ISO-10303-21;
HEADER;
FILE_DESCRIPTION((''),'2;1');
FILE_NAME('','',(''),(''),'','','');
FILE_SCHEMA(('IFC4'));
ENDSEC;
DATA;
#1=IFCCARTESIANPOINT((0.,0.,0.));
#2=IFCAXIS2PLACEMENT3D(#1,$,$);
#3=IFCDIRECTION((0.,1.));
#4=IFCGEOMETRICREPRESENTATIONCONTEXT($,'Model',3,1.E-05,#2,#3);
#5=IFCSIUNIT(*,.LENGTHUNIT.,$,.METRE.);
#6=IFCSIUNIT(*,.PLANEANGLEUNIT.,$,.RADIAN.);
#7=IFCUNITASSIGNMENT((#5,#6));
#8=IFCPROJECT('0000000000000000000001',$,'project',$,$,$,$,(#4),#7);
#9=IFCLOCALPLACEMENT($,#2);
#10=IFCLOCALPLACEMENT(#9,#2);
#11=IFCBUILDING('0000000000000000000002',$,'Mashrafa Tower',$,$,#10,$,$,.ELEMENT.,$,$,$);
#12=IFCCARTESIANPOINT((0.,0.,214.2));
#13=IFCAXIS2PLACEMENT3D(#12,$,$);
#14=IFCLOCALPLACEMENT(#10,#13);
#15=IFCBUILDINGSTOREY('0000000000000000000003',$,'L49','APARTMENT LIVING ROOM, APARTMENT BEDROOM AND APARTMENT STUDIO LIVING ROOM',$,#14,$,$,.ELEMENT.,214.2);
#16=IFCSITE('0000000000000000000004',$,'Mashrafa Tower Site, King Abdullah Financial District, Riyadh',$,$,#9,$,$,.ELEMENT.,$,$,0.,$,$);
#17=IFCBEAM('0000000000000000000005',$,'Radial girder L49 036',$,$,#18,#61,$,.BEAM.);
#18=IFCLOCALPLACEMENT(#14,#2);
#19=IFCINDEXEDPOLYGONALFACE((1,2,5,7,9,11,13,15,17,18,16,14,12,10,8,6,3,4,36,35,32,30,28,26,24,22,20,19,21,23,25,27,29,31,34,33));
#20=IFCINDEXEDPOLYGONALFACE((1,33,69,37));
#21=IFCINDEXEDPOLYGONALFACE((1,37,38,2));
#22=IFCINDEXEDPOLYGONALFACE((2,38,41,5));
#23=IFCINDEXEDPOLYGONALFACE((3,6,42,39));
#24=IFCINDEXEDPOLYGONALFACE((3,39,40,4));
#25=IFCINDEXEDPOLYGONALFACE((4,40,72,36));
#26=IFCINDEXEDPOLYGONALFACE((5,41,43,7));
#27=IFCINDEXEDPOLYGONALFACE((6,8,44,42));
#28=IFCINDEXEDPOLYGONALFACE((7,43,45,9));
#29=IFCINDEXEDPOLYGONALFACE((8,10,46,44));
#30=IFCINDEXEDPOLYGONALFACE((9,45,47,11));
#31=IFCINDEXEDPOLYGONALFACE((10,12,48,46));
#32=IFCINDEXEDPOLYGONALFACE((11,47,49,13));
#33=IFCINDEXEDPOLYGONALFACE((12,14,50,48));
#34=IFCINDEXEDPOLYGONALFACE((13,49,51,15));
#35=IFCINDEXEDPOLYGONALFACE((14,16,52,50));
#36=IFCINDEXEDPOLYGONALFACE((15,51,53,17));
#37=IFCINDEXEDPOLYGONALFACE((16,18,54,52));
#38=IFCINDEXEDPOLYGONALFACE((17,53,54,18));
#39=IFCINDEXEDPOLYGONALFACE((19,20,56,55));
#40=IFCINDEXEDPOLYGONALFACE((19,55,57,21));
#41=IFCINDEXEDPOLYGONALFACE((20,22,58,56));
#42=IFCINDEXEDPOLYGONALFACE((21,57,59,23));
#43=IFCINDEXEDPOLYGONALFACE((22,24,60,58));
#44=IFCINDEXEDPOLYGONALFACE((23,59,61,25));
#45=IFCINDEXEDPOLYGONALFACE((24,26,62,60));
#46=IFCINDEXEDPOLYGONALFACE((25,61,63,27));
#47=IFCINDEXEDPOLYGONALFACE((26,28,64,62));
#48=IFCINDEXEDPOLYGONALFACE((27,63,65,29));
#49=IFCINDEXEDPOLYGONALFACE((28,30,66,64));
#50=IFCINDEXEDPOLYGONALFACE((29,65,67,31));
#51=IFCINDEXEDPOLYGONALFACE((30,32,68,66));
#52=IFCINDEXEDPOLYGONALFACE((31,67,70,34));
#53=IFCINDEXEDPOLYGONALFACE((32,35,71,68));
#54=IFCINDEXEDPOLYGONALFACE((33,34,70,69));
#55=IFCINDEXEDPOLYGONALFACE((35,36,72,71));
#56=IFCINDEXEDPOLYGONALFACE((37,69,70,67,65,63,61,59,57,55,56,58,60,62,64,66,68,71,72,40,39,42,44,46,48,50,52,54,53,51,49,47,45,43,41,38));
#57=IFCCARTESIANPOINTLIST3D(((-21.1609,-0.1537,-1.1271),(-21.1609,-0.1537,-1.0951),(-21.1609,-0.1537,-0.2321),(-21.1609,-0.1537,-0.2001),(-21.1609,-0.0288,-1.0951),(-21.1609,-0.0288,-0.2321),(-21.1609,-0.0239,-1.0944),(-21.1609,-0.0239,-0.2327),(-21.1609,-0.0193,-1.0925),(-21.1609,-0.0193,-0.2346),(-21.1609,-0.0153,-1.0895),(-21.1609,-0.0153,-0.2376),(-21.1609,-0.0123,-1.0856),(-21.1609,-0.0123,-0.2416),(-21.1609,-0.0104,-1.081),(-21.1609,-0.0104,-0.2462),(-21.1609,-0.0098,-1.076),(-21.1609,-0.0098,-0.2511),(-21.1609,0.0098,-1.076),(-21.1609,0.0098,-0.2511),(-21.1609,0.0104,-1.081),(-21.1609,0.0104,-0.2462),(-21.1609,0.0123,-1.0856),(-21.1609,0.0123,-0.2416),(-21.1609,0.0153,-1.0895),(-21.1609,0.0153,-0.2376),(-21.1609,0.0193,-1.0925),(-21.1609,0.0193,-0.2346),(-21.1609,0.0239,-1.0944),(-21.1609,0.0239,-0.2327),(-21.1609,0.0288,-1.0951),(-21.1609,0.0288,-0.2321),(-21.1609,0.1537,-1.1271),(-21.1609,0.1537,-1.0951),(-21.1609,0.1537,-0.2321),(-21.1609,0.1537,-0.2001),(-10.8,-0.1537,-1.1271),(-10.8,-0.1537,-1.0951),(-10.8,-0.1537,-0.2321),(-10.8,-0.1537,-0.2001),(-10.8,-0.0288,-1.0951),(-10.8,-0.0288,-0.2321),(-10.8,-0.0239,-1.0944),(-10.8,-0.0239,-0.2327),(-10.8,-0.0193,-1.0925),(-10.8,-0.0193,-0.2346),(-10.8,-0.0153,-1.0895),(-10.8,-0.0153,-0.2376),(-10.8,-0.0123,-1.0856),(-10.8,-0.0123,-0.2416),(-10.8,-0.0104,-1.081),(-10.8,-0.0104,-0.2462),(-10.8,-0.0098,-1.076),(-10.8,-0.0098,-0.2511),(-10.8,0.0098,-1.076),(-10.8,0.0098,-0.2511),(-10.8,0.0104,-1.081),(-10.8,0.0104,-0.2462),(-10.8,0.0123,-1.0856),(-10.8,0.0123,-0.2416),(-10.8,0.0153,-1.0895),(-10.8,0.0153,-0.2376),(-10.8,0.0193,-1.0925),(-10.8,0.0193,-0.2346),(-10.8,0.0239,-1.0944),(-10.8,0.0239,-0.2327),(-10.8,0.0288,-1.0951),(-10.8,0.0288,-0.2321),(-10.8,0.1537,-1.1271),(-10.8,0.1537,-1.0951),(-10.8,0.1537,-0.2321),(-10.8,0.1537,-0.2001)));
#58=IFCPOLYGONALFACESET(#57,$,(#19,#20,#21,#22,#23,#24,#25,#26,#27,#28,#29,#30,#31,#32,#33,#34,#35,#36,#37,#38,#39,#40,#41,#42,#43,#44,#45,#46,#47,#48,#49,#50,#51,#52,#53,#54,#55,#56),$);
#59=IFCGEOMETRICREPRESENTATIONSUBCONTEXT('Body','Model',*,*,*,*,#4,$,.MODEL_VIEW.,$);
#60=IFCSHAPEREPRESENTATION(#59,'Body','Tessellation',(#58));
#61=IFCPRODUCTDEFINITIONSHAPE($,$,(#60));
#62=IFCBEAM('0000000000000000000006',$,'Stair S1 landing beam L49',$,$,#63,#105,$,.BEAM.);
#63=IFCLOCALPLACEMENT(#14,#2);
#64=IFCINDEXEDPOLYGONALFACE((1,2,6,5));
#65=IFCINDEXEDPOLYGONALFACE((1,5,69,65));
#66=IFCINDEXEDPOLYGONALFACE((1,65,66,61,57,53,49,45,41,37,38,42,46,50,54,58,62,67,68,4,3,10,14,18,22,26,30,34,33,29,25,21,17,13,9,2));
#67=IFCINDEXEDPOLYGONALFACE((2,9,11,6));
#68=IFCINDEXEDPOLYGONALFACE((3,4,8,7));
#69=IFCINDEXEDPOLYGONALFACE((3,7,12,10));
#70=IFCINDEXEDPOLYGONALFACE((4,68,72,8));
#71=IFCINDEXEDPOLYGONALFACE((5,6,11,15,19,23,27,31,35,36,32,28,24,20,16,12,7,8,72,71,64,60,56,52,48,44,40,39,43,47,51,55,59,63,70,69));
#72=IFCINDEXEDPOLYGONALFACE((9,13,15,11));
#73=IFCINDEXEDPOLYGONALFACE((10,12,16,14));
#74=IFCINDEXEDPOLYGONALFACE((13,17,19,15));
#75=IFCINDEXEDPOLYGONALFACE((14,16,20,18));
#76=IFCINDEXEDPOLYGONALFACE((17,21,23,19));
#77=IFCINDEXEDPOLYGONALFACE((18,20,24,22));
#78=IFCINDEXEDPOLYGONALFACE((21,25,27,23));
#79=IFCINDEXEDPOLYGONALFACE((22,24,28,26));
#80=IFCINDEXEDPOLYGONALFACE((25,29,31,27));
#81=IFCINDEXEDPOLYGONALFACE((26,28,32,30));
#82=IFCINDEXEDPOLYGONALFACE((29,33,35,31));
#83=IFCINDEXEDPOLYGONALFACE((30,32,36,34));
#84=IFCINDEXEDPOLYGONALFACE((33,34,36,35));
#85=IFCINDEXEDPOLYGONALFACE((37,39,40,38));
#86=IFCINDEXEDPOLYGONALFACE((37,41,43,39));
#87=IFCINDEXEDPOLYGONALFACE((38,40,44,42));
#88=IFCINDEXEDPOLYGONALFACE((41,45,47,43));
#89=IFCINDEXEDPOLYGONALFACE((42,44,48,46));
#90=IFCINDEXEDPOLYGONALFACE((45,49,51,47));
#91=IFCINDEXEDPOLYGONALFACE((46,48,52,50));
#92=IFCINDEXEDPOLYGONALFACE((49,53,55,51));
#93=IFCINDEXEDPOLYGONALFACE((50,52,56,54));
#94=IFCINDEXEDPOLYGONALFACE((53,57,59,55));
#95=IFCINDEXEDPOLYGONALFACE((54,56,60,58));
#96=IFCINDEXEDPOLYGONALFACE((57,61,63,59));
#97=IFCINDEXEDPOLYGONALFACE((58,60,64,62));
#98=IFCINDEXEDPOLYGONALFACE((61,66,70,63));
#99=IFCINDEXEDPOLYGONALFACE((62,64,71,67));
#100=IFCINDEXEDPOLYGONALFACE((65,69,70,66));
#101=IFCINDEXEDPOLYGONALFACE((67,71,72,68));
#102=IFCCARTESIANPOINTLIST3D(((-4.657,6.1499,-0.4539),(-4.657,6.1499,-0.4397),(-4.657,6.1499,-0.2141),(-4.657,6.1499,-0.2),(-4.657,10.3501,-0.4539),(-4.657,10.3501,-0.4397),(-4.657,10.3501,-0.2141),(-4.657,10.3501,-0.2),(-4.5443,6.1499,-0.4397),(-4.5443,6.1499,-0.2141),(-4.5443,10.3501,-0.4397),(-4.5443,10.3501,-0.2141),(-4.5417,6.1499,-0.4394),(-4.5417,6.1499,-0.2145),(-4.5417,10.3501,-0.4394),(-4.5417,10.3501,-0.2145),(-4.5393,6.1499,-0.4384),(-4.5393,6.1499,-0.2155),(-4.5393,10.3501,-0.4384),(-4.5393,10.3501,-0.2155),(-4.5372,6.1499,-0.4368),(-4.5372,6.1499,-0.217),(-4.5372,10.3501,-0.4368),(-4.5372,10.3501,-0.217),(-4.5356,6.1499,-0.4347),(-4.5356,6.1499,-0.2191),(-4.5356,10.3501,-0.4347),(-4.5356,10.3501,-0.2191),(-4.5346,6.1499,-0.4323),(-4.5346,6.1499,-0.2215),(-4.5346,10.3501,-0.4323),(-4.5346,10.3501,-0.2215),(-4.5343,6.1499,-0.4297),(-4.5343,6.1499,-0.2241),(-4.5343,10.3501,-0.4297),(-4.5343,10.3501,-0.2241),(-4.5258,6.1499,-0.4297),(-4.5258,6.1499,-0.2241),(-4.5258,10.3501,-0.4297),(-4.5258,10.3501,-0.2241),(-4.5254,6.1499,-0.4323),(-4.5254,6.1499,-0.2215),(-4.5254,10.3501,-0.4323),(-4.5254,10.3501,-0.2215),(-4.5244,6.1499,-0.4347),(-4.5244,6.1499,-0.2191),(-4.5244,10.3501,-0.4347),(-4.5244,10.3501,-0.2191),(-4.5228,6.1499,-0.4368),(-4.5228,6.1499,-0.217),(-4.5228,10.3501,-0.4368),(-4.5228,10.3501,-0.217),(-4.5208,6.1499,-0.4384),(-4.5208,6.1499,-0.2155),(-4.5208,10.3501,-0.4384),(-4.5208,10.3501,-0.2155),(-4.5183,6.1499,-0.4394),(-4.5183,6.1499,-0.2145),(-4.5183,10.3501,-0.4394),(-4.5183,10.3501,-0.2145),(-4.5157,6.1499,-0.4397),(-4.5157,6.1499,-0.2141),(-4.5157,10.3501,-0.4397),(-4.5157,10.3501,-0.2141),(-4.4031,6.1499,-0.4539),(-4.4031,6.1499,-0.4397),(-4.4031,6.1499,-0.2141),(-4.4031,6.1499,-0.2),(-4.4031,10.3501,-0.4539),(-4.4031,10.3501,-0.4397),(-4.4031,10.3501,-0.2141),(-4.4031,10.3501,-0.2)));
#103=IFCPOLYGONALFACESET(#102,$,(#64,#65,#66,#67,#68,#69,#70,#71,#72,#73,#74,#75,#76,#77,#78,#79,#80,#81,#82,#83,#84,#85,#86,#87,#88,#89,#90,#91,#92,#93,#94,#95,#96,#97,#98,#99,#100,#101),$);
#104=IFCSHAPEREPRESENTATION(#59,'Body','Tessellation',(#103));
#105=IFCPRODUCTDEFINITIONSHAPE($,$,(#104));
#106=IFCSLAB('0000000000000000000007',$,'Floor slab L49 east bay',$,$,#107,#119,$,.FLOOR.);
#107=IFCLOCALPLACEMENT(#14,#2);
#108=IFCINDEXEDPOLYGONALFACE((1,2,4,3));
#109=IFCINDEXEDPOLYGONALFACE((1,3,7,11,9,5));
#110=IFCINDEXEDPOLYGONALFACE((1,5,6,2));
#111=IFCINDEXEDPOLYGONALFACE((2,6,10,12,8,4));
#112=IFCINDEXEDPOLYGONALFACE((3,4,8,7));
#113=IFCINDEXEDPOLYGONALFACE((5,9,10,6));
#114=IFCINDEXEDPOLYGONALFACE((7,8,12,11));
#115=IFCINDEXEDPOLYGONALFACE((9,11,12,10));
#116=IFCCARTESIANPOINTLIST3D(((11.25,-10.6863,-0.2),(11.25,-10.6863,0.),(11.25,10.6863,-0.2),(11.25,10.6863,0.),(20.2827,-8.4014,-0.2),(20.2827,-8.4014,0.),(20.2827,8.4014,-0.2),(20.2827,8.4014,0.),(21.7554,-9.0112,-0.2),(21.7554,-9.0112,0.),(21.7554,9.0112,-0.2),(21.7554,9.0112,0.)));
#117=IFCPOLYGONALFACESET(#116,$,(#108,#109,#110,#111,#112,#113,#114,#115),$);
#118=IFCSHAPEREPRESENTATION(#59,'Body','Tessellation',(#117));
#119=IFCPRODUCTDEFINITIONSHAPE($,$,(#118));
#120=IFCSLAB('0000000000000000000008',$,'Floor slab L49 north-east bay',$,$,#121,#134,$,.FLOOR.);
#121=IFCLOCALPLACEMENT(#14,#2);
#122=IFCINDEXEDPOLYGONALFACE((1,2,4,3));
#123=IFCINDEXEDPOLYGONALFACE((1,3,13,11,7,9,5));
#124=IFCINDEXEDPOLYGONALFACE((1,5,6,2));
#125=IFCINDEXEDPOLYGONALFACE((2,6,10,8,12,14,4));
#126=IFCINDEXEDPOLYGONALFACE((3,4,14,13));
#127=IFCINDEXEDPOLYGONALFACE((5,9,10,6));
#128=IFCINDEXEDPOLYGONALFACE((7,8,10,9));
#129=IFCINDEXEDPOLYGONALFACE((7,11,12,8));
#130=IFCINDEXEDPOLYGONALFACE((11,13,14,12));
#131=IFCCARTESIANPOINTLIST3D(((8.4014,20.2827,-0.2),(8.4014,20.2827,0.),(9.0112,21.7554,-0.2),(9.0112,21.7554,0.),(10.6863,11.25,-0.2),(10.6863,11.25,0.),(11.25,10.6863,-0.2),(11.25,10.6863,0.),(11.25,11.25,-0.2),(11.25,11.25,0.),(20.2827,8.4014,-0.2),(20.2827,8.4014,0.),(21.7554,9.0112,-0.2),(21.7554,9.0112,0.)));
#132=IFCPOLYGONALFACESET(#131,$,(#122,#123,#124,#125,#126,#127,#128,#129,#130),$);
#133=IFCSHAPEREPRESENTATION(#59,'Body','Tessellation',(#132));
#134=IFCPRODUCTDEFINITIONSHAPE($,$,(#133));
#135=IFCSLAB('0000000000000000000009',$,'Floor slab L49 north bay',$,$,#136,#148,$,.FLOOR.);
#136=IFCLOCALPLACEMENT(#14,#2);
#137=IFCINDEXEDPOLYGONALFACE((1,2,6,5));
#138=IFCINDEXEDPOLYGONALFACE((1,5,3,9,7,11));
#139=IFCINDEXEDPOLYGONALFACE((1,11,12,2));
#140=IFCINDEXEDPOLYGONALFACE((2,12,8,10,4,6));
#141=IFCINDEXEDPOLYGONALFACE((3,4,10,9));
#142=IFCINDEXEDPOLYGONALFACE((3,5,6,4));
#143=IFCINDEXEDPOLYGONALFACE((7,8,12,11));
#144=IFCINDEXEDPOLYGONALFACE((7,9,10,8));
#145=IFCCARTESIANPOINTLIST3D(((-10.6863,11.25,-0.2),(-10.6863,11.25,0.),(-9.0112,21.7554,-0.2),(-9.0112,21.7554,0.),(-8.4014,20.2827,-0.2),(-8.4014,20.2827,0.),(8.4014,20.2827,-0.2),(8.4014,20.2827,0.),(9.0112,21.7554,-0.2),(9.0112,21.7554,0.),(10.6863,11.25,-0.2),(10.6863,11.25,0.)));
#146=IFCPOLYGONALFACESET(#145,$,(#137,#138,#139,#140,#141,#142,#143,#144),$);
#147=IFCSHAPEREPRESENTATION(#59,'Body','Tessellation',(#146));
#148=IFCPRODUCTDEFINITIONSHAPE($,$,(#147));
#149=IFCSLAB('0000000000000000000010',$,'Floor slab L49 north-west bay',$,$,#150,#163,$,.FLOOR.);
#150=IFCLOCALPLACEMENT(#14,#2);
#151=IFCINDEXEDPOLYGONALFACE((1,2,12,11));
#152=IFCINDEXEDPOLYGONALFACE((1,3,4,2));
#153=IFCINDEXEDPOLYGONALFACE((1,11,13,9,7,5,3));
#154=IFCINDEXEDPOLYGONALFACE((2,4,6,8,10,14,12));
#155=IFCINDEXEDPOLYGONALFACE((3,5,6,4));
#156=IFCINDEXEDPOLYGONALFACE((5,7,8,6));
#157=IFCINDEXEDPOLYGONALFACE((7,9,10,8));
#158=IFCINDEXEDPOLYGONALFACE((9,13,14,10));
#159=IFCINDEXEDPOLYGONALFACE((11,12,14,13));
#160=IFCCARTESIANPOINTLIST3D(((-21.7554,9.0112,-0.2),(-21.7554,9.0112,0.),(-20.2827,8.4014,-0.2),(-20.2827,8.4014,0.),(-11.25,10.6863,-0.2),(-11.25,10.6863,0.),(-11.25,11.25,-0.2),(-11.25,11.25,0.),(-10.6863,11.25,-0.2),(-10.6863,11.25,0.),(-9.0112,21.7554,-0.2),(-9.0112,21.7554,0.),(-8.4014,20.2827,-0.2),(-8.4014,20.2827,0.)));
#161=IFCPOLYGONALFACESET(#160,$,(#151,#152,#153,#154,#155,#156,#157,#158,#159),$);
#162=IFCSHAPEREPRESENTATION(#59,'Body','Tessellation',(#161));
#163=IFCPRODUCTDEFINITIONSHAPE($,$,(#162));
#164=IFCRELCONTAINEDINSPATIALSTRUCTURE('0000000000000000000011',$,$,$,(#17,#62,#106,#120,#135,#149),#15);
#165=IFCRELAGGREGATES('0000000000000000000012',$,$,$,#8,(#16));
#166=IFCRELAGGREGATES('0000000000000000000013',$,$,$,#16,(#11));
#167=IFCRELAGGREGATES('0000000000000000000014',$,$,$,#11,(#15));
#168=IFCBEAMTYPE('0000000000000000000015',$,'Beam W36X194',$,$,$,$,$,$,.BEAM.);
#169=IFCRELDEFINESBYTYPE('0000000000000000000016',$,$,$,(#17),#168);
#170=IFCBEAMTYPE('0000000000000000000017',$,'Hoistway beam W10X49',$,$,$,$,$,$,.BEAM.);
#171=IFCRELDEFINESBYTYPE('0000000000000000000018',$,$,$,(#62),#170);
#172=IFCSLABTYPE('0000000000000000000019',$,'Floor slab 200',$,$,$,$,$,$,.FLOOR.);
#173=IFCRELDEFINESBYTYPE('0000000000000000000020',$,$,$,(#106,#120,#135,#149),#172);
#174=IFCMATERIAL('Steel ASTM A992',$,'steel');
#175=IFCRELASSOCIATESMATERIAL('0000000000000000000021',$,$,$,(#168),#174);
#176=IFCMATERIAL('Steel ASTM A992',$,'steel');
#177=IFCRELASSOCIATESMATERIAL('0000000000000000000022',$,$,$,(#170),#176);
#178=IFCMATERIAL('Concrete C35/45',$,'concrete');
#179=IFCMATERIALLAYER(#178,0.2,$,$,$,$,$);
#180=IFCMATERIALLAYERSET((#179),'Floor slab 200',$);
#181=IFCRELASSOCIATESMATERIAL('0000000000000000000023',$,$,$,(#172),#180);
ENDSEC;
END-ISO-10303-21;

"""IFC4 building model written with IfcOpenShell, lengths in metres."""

from ifc_helpers import new_model, si_unit, direction, frame, origin, origin_2d, place, context, subcontext, project, spatial, polyline, i_section, outline, extrude, material, layer, layer_set, material_profile, profile_set, type_object, element, save


model = new_model("IFC4")

# Units and contexts
model_context = context("Model", 3, precision=1e-05, world=origin(), true_north=direction((0.0, 1.0)))
body_context = subcontext(model_context, "Body", "Model", "MODEL_VIEW")
ifc_project = project(units=[si_unit("LENGTHUNIT", "METRE"), si_unit("PLANEANGLEUNIT", "RADIAN")], contexts=[model_context])

# Site, building, storey
site_placement = place(None, origin())
site = spatial("IfcSite", under=ifc_project, at=site_placement, Name="Mashrafa Tower Site, King Abdullah Financial District, Riyadh", CompositionType="ELEMENT", RefElevation=0.0)
building_placement = place(site_placement, origin())
building = spatial("IfcBuilding", under=site, at=building_placement, Name="Mashrafa Tower", CompositionType="ELEMENT")
storey_placement = place(building_placement, frame((0.0, 0.0, 214.2)))
storey = spatial("IfcBuildingStorey", under=building, at=storey_placement, Name="L49", Description="APARTMENT LIVING ROOM, APARTMENT BEDROOM AND APARTMENT STUDIO LIVING ROOM", CompositionType="ELEMENT", Elevation=214.2)

# Beams
ifc_material_1 = material(Name="Steel ASTM A992", Category="steel")
ifc_material_profile_1 = material_profile(ifc_material_1, i_section(OverallWidth=0.3074, OverallDepth=0.927, WebThickness=0.0195, FlangeThickness=0.032, FilletRadius=0.019, at=origin_2d()), Name="W36X194")
ifc_profile_set_1 = profile_set([ifc_material_profile_1], Name="Steel ASTM A992")
beam_type_1 = type_object("IfcBeamType", Name="Beam W36X194", PredefinedType="BEAM", material=ifc_profile_set_1)
beam_1_placement = place(storey_placement, frame((-10.8, 0.0, -0.6636), z_axis=(-1.0, 0.0, 0.0), x_axis=(0.0, -1.0, 0.0)))
element("IfcBeam", 1, at=beam_1_placement, inside=storey, type_object=beam_type_1, Name="Radial girder L49 036", PredefinedType="BEAM", context=body_context, shape_type="SweptSolid", body=[
    extrude(i_section(OverallWidth=0.3074, OverallDepth=0.927, WebThickness=0.0195, FlangeThickness=0.032, FilletRadius=0.019, at=origin_2d()), origin(), (0.0, 0.0, 1.0), 10.3608),
])
ifc_material_2 = material(Name="Steel ASTM A992", Category="steel")
ifc_material_profile_2 = material_profile(ifc_material_2, i_section(OverallWidth=0.2539, OverallDepth=0.2539, WebThickness=0.0085, FlangeThickness=0.0142, FilletRadius=0.01, at=origin_2d()), Name="W10X49")
ifc_profile_set_2 = profile_set([ifc_material_profile_2], Name="Steel ASTM A992")
beam_type_2 = type_object("IfcBeamType", Name="Hoistway beam W10X49", PredefinedType="BEAM", material=ifc_profile_set_2)
beam_2_placement = place(storey_placement, frame((-4.53, 6.1499, -0.3269), z_axis=(0.0, 1.0, 0.0), x_axis=(-1.0, 0.0, 0.0)))
element("IfcBeam", 2, at=beam_2_placement, inside=storey, type_object=beam_type_2, Name="Stair S1 landing beam L49", PredefinedType="BEAM", context=body_context, shape_type="SweptSolid", body=[
    extrude(i_section(OverallWidth=0.2539, OverallDepth=0.2539, WebThickness=0.0085, FlangeThickness=0.0142, FilletRadius=0.01, at=origin_2d()), origin(), (0.0, 0.0, 1.0), 4.2002),
])

# Slabs
ifc_material_3 = material(Name="Concrete C35/45", Category="concrete")
ifc_layer_1 = layer(ifc_material_3, 0.2)
ifc_layer_set_1 = layer_set([ifc_layer_1], Name="Floor slab 200")
slab_type = type_object("IfcSlabType", Name="Floor slab 200", PredefinedType="FLOOR", material=ifc_layer_set_1)
slab_1_placement = place(storey_placement, frame((0.0, 0.0, -0.2)))
element("IfcSlab", 3, at=slab_1_placement, inside=storey, type_object=slab_type, Name="Floor slab L49 east bay", PredefinedType="FLOOR", context=body_context, shape_type="SweptSolid", body=[
    extrude(outline(polyline([(21.7554, -9.0112), (20.2827, -8.4014), (11.25, -10.6863), (11.25, 10.6863), (20.2827, 8.4014), (21.7554, 9.0112), (21.7554, -9.0112)])), origin(), (0.0, 0.0, 1.0), 0.2),
])
slab_2_placement = place(storey_placement, frame((0.0, 0.0, -0.2)))
element("IfcSlab", 4, at=slab_2_placement, inside=storey, type_object=slab_type, Name="Floor slab L49 north-east bay", PredefinedType="FLOOR", context=body_context, shape_type="SweptSolid", body=[
    extrude(outline(polyline([(9.0112, 21.7554), (21.7554, 9.0112), (21.7554, 9.0112), (20.2827, 8.4014), (11.25, 10.6863), (11.25, 11.25), (10.6863, 11.25), (8.4014, 20.2827), (9.0112, 21.7554), (9.0112, 21.7554)])), origin(), (0.0, 0.0, 1.0), 0.2),
])
slab_3_placement = place(storey_placement, frame((0.0, 0.0, -0.2)))
element("IfcSlab", 5, at=slab_3_placement, inside=storey, type_object=slab_type, Name="Floor slab L49 north bay", PredefinedType="FLOOR", context=body_context, shape_type="SweptSolid", body=[
    extrude(outline(polyline([(9.0112, 21.7554), (8.4014, 20.2827), (10.6863, 11.25), (-10.6863, 11.25), (-8.4014, 20.2827), (-9.0112, 21.7554), (9.0112, 21.7554)])), origin(), (0.0, 0.0, 1.0), 0.2),
])
slab_4_placement = place(storey_placement, frame((0.0, 0.0, -0.2)))
element("IfcSlab", 6, at=slab_4_placement, inside=storey, type_object=slab_type, Name="Floor slab L49 north-west bay", PredefinedType="FLOOR", context=body_context, shape_type="SweptSolid", body=[
    extrude(outline(polyline([(-21.7554, 9.0112), (-9.0112, 21.7554), (-9.0112, 21.7554), (-8.4014, 20.2827), (-10.6863, 11.25), (-11.25, 11.25), (-11.25, 10.6863), (-20.2827, 8.4014), (-21.7554, 9.0112), (-21.7554, 9.0112)])), origin(), (0.0, 0.0, 1.0), 0.2),
])

save(model, "model.ifc")
